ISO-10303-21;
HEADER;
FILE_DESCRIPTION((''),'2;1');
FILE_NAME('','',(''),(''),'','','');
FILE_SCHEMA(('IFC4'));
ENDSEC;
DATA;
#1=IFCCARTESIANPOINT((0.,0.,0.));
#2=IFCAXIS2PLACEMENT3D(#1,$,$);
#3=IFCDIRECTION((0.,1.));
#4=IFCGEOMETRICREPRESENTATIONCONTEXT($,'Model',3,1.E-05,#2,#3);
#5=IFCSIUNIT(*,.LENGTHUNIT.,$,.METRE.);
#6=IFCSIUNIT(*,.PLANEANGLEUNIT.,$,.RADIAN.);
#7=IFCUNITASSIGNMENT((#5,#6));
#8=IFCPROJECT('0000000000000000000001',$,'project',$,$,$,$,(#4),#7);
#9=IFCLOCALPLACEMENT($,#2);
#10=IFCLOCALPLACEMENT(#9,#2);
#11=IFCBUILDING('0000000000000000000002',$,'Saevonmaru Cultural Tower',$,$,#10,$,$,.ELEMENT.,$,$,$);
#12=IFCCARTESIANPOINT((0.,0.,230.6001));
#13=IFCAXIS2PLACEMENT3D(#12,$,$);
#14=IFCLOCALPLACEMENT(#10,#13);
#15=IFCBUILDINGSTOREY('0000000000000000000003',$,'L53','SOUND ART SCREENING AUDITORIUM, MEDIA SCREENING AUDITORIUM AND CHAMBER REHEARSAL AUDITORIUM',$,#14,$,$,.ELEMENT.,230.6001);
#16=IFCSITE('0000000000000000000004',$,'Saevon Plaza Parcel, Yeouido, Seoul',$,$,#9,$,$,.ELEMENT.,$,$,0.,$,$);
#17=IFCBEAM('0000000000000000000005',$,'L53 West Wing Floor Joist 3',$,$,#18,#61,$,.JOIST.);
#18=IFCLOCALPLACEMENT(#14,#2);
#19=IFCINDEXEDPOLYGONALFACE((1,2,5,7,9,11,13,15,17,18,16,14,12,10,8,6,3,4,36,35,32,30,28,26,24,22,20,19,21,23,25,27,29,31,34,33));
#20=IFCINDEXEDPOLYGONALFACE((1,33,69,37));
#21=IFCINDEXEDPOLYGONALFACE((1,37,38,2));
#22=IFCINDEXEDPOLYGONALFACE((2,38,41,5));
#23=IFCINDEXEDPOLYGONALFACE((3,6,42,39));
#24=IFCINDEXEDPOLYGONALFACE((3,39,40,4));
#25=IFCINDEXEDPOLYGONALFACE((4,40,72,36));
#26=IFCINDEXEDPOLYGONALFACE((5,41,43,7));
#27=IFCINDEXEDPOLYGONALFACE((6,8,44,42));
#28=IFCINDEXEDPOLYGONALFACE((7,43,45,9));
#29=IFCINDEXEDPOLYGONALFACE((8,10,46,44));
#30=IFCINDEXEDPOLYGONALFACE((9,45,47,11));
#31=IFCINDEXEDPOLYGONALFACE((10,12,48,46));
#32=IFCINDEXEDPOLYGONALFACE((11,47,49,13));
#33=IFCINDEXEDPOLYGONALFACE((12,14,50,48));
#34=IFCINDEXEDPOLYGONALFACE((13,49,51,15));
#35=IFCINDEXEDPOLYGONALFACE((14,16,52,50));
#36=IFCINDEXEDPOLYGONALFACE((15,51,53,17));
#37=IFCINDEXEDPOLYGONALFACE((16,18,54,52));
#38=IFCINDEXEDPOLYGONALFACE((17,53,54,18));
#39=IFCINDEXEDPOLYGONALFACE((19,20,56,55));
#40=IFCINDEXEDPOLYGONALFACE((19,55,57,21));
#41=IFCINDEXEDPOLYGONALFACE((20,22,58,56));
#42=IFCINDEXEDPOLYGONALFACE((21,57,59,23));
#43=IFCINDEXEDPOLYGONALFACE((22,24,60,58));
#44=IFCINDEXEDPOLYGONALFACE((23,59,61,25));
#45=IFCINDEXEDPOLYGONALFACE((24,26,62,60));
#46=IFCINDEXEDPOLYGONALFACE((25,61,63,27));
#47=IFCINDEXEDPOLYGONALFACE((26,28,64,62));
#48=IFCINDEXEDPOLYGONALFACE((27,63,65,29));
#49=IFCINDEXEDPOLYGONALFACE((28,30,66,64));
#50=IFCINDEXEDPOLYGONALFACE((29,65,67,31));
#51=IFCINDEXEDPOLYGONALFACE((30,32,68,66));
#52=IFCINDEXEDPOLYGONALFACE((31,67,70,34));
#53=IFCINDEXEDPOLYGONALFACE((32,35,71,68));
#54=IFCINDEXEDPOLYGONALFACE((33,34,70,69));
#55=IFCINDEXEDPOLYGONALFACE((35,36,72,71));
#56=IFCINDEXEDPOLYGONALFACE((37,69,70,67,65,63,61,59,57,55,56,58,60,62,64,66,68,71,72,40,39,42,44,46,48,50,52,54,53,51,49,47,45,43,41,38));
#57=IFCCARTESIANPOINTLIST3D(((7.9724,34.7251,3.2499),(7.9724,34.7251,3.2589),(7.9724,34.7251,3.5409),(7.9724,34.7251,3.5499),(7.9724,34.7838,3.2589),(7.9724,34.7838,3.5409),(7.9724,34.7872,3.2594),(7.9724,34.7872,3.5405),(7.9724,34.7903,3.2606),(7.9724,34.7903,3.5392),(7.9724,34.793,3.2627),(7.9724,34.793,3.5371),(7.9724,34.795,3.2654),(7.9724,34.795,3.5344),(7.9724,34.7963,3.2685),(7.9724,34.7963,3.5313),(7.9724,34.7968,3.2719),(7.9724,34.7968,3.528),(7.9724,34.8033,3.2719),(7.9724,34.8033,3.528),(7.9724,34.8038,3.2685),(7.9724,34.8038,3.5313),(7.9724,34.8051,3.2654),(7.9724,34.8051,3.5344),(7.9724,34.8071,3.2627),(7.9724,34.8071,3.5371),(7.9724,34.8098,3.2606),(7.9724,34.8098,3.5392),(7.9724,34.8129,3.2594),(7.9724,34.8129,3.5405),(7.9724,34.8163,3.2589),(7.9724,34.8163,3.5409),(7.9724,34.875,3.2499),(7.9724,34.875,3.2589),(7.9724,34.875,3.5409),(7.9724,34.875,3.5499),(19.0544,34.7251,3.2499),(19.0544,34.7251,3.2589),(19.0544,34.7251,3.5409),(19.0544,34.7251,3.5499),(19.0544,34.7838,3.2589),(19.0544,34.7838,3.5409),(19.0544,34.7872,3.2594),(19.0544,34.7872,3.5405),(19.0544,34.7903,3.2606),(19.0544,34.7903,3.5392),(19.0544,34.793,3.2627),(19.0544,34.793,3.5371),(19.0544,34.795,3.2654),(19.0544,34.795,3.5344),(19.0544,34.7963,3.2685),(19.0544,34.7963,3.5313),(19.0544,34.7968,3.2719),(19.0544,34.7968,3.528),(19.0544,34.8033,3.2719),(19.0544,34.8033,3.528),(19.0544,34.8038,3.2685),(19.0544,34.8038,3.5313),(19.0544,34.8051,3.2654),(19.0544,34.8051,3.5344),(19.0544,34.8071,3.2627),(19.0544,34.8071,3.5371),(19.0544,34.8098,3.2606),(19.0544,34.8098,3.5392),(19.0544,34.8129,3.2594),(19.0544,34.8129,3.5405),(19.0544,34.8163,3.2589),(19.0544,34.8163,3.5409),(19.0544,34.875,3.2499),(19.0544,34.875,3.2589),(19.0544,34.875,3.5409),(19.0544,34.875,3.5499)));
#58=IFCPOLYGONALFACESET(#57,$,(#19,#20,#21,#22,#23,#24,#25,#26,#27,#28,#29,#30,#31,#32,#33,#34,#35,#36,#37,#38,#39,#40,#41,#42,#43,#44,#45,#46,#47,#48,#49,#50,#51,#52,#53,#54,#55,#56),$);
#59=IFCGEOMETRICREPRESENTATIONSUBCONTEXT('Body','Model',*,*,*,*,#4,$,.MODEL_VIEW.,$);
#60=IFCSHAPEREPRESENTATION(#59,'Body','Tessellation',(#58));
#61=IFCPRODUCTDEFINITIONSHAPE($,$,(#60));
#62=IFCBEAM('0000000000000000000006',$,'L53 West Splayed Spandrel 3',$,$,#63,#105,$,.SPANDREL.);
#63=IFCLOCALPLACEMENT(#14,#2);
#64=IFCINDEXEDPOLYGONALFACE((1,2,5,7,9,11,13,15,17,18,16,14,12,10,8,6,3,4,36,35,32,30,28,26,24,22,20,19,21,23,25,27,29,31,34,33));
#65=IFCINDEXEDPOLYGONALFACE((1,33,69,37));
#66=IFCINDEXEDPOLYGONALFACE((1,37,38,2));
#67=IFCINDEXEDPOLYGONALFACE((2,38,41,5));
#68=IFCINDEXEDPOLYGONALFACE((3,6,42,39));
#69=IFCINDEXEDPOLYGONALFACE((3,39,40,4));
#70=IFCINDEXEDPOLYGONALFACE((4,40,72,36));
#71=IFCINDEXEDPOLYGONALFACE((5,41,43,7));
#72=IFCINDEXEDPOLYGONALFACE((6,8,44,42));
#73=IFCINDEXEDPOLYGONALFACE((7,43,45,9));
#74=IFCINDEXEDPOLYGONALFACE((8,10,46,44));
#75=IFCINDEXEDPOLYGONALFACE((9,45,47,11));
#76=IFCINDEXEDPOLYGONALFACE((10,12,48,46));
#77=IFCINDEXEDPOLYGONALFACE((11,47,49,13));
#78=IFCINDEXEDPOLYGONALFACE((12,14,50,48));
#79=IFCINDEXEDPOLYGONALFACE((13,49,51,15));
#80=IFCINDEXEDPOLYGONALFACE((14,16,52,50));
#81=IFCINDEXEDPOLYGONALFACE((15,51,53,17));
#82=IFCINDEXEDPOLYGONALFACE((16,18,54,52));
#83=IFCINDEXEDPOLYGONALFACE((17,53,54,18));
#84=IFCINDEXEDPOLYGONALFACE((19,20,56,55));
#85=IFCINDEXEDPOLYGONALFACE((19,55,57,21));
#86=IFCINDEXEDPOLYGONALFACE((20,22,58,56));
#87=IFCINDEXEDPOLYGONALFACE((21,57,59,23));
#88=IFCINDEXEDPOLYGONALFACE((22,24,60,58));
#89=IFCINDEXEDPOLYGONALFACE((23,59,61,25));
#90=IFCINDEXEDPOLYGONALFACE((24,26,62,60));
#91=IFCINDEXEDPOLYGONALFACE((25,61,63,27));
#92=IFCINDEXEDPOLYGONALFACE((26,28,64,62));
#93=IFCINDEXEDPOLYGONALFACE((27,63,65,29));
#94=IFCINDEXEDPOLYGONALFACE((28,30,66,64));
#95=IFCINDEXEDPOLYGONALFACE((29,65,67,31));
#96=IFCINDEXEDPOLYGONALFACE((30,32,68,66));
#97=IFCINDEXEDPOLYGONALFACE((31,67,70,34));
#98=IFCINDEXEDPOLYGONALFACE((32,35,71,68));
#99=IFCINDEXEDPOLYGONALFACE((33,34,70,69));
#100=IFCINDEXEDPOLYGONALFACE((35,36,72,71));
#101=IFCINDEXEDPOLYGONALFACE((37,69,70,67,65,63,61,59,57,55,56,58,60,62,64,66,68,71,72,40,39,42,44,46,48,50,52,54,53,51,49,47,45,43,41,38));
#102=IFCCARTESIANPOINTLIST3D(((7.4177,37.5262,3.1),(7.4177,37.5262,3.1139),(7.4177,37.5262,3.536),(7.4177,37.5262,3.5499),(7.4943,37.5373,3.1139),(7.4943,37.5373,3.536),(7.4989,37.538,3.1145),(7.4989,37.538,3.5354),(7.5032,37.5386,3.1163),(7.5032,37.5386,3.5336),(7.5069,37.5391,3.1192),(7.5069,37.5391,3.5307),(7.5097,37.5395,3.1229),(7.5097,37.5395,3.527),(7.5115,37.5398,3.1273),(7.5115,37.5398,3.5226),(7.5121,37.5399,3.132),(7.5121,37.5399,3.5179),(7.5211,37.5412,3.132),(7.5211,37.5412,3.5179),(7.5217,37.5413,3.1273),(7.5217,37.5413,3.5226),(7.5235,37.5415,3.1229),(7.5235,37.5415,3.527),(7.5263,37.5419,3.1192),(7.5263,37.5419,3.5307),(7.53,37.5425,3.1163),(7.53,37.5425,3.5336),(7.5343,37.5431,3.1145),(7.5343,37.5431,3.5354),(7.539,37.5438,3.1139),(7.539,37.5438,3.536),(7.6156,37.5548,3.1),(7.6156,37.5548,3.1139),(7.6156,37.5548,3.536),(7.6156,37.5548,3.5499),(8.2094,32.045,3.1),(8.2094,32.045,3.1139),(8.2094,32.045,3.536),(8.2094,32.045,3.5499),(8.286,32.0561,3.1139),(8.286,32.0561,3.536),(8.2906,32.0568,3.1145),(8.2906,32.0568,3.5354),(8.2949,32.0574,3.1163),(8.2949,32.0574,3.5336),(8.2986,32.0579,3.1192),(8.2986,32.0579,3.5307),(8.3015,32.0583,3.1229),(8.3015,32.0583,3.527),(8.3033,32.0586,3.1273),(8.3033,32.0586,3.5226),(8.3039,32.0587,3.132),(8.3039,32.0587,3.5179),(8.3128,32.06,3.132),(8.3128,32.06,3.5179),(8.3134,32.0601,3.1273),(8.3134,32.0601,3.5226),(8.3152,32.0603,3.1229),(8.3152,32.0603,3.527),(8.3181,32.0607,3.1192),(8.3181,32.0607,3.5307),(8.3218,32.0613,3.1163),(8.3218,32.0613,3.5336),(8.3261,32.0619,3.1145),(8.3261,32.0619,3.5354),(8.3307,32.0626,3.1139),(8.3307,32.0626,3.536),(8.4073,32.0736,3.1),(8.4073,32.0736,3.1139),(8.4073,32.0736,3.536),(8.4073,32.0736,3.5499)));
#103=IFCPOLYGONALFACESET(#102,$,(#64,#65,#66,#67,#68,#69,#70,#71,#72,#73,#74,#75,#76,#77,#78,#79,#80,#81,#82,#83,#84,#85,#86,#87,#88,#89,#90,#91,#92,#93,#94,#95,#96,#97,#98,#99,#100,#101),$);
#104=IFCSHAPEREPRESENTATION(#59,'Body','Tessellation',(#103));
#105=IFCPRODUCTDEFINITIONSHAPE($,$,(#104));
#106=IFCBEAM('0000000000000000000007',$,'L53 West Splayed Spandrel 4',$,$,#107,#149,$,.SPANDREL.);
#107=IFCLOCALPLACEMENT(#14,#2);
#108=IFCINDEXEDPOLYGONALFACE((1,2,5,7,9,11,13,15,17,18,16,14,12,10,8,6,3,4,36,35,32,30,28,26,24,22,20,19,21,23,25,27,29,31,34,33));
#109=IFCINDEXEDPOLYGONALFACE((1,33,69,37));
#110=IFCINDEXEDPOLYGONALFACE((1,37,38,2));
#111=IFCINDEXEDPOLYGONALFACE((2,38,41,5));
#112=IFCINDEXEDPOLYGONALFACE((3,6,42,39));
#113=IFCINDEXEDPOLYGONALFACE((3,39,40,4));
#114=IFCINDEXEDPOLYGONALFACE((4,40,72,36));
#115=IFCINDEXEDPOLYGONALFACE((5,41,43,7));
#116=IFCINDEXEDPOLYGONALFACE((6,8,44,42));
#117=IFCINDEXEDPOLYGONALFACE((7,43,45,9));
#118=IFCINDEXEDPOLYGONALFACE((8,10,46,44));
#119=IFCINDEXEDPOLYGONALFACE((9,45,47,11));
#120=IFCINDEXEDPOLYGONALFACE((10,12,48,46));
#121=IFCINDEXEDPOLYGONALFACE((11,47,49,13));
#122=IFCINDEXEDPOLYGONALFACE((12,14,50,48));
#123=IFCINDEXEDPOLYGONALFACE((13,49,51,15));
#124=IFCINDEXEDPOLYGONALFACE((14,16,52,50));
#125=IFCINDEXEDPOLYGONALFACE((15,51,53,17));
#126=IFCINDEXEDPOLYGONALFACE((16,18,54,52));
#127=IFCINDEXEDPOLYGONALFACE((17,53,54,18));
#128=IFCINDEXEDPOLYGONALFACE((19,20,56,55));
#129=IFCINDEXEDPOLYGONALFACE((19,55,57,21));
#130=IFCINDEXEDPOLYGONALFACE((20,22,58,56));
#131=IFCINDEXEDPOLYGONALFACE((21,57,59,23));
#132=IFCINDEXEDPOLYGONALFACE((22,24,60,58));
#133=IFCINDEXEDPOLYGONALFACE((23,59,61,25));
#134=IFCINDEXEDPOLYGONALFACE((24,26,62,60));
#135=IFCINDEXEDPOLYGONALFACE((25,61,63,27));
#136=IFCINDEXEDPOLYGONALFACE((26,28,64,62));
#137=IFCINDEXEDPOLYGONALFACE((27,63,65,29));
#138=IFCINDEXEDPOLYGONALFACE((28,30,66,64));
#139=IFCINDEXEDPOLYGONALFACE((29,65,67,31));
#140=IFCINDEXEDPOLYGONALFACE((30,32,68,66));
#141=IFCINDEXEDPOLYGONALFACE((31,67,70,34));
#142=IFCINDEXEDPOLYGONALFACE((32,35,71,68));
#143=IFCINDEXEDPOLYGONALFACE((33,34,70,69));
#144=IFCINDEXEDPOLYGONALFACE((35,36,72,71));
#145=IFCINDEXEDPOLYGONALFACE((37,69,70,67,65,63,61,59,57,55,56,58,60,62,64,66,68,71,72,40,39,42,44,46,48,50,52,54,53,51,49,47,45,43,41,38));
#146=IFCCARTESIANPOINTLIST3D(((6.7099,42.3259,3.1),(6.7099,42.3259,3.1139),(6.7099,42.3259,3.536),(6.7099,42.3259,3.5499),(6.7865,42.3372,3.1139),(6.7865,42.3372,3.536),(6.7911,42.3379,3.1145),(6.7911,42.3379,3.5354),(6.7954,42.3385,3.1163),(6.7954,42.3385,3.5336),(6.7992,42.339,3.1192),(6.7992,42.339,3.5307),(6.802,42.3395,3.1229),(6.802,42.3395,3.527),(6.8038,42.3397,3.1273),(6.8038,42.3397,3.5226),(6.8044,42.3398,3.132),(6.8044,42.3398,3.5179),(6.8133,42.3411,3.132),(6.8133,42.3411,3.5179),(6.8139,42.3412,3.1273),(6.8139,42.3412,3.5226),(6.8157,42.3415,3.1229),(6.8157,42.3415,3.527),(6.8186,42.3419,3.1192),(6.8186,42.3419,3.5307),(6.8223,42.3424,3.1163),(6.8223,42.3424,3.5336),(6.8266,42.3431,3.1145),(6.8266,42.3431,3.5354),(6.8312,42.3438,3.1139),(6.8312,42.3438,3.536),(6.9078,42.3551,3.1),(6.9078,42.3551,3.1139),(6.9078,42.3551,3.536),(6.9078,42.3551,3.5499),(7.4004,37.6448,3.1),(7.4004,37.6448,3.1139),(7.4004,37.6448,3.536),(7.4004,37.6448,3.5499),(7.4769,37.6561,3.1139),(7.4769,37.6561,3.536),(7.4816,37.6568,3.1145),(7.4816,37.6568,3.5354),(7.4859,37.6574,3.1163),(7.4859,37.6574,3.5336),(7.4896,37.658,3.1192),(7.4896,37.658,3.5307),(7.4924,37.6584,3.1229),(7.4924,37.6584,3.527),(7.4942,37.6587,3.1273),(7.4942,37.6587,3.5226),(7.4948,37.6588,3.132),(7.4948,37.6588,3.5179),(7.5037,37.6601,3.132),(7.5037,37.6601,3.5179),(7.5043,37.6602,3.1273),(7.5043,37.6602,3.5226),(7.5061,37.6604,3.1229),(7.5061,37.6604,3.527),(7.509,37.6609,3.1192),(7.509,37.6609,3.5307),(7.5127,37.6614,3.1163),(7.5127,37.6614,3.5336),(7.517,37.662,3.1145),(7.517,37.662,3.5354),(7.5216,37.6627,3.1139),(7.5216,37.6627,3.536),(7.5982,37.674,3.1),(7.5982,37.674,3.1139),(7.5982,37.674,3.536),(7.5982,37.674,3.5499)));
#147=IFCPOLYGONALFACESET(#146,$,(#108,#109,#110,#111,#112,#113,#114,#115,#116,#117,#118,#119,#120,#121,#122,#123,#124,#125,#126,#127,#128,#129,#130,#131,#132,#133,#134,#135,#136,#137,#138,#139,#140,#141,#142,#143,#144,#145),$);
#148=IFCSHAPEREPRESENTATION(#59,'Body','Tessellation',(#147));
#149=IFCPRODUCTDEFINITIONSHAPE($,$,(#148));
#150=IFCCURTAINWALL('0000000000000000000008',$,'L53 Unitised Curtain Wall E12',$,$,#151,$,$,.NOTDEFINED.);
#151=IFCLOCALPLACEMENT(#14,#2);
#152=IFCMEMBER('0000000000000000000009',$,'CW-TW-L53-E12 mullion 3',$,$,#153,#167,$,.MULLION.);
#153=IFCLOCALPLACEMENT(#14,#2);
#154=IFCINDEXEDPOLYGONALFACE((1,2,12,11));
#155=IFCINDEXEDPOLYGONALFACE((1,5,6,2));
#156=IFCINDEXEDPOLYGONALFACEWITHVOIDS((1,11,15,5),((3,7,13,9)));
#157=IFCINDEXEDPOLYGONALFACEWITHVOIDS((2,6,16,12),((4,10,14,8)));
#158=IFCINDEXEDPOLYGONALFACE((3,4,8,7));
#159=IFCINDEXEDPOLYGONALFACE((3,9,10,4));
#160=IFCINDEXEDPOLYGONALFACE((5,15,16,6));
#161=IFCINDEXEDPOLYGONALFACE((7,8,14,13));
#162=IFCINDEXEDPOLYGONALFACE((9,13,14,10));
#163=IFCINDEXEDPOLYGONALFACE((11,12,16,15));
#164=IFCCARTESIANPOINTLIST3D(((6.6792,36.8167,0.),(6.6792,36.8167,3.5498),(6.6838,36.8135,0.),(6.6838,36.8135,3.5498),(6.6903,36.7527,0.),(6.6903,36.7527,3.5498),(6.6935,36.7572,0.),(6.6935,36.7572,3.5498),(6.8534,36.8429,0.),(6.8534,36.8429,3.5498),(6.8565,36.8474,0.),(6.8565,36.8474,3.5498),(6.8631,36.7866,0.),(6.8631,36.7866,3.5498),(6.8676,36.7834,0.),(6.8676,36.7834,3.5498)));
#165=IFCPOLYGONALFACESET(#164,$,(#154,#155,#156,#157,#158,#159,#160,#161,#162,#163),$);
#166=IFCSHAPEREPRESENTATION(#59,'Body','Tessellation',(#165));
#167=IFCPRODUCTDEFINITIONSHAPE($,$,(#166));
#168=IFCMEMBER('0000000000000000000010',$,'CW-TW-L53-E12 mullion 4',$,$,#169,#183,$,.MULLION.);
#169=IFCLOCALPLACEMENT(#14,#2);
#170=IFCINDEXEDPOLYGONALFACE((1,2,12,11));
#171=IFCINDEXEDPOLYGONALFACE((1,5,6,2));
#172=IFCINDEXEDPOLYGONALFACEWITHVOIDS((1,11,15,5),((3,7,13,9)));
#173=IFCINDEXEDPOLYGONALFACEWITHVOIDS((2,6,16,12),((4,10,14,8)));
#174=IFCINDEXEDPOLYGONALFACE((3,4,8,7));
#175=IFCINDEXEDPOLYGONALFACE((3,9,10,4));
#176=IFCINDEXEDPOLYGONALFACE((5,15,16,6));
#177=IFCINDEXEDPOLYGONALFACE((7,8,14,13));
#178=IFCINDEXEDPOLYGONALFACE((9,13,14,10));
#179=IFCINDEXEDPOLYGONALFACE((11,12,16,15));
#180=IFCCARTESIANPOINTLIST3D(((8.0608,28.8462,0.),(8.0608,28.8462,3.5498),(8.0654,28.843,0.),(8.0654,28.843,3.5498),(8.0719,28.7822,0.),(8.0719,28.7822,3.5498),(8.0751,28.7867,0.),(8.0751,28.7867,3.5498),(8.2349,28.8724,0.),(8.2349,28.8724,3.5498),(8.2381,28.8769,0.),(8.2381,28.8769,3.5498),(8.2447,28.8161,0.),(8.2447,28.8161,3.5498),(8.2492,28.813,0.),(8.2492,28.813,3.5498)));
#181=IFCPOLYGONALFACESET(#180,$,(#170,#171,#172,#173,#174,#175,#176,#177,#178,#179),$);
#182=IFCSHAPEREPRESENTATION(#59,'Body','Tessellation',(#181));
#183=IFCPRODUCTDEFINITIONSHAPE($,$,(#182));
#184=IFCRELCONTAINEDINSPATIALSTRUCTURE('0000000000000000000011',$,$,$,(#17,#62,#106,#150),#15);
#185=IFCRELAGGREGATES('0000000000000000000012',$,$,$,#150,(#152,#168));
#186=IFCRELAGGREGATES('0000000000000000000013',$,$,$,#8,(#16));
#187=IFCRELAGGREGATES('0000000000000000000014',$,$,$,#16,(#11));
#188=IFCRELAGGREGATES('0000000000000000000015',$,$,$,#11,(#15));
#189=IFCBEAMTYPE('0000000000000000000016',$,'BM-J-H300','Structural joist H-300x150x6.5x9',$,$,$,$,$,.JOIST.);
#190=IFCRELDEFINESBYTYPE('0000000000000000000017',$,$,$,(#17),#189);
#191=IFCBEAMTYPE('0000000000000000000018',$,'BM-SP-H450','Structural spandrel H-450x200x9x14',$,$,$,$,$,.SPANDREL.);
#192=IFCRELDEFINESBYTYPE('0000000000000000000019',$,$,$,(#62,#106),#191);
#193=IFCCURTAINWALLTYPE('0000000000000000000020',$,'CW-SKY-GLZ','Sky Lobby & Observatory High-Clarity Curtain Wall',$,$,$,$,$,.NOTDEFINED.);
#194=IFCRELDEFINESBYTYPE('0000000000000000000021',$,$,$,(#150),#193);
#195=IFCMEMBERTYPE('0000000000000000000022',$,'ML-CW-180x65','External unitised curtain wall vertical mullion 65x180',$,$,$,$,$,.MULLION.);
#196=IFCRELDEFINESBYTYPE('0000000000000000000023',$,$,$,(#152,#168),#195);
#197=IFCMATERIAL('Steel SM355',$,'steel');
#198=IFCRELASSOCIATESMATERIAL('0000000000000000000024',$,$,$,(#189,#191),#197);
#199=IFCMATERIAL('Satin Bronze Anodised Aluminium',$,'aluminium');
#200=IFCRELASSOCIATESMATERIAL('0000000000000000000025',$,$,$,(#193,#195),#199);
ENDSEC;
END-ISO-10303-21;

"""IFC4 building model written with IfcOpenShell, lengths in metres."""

from ifc_helpers import new_model, si_unit, direction, frame, origin, origin_2d, place, context, subcontext, project, spatial, hollow_rectangle, i_section, extrude, material, material_profile, profile_set, type_object, element, aggregate, save


model = new_model("IFC4")

# Units and contexts
model_context = context("Model", 3, precision=1e-05, world=origin(), true_north=direction((0.0, 1.0)))
body_context = subcontext(model_context, "Body", "Model", "MODEL_VIEW")
ifc_project = project(units=[si_unit("LENGTHUNIT", "METRE"), si_unit("PLANEANGLEUNIT", "RADIAN")], contexts=[model_context])

# Site, building, storey
site_placement = place(None, origin())
site = spatial("IfcSite", under=ifc_project, at=site_placement, Name="Saevon Plaza Parcel, Yeouido, Seoul", CompositionType="ELEMENT", RefElevation=0.0)
building_placement = place(site_placement, origin())
building = spatial("IfcBuilding", under=site, at=building_placement, Name="Saevonmaru Cultural Tower", CompositionType="ELEMENT")
storey_placement = place(building_placement, frame((0.0, 0.0, 230.6001)))
storey = spatial("IfcBuildingStorey", under=building, at=storey_placement, Name="L53", Description="SOUND ART SCREENING AUDITORIUM, MEDIA SCREENING AUDITORIUM AND CHAMBER REHEARSAL AUDITORIUM", CompositionType="ELEMENT", Elevation=230.6001)

# Beams
ifc_material_1 = material(Name="Steel SM355", Category="steel")
ifc_material_profile_1 = material_profile(ifc_material_1, i_section(OverallWidth=0.1499, OverallDepth=0.3, WebThickness=0.0066, FlangeThickness=0.009, FilletRadius=0.0129, at=origin_2d()), Name="H-300x150x6.5x9")
ifc_profile_set_1 = profile_set([ifc_material_profile_1], Name="Steel SM355")
beam_type_1 = type_object("IfcBeamType", Name="BM-J-H300", Description="Structural joist H-300x150x6.5x9", PredefinedType="JOIST", material=ifc_profile_set_1)
for number, where, z_axis, x_axis, name in (
    (1, (7.9724, 34.8, 3.3999), (1.0, 0.0, 0.0), (0.0, 1.0, 0.0), "L53 West Wing Floor Joist 3"),
):
    element("IfcBeam", number, at=place(storey_placement, frame(where, z_axis=z_axis, x_axis=x_axis)), inside=storey, type_object=beam_type_1, Name=name, PredefinedType="JOIST", context=body_context, shape_type="SweptSolid", body=[
        extrude(i_section(OverallWidth=0.1499, OverallDepth=0.3, WebThickness=0.0066, FlangeThickness=0.009, FilletRadius=0.0129, at=origin_2d()), origin(), (0.0, 0.0, 1.0), 11.082),
    ])
ifc_material_profile_2 = material_profile(ifc_material_1, i_section(OverallWidth=0.2, OverallDepth=0.45, WebThickness=0.009, FlangeThickness=0.0139, FilletRadius=0.0181, at=origin_2d()), Name="H-450x200x9x14")
ifc_profile_set_2 = profile_set([ifc_material_profile_2], Name="Steel SM355")
beam_type_2 = type_object("IfcBeamType", Name="BM-SP-H450", Description="Structural spandrel H-450x200x9x14", PredefinedType="SPANDREL", material=ifc_profile_set_2)
beam_1_placement = place(storey_placement, frame((8.3083, 32.0593, 3.325), z_axis=(-0.142964, 0.989728, 0.0), x_axis=(-0.989728, -0.142964, 0.0)))
element("IfcBeam", 2, at=beam_1_placement, inside=storey, type_object=beam_type_2, Name="L53 West Splayed Spandrel 3", PredefinedType="SPANDREL", context=body_context, shape_type="SweptSolid", body=[
    extrude(i_section(OverallWidth=0.2, OverallDepth=0.45, WebThickness=0.009, FlangeThickness=0.0139, FilletRadius=0.0181, at=origin_2d()), origin(), (0.0, 0.0, 1.0), 5.5381),
])
beam_2_placement = place(storey_placement, frame((7.4993, 37.6594, 3.325), z_axis=(-0.145913, 0.989297, 0.0), x_axis=(-0.989297, -0.145913, 0.0)))
element("IfcBeam", 3, at=beam_2_placement, inside=storey, type_object=beam_type_2, Name="L53 West Splayed Spandrel 4", PredefinedType="SPANDREL", context=body_context, shape_type="SweptSolid", body=[
    extrude(i_section(OverallWidth=0.2, OverallDepth=0.45, WebThickness=0.009, FlangeThickness=0.0139, FilletRadius=0.0181, at=origin_2d()), origin(), (0.0, 0.0, 1.0), 4.7317),
])

# Curtain wall, members
ifc_material_2 = material(Name="Satin Bronze Anodised Aluminium", Category="aluminium")
curtain_wall_type = type_object("IfcCurtainWallType", Name="CW-SKY-GLZ", Description="Sky Lobby & Observatory High-Clarity Curtain Wall", PredefinedType="NOTDEFINED", material=ifc_material_2)
curtain_wall_placement = place(storey_placement, origin())
curtain_wall = element("IfcCurtainWall", 4, at=curtain_wall_placement, inside=storey, type_object=curtain_wall_type, Name="L53 Unitised Curtain Wall E12", PredefinedType="NOTDEFINED")
ifc_material_profile_3 = material_profile(ifc_material_2, hollow_rectangle(XDim=0.0649, YDim=0.1799, WallThickness=0.0039, at=origin_2d()), Name="ALU-MULL-180x65x4")
ifc_profile_set_3 = profile_set([ifc_material_profile_3], Name="Satin Bronze Anodised Aluminium")
member_type_1 = type_object("IfcMemberType", Name="ML-CW-180x65", Description="External unitised curtain wall vertical mullion 65x180", PredefinedType="MULLION", material=ifc_profile_set_3)
member_1_placement = place(storey_placement, frame((6.7734, 36.8, 0.0), z_axis=(0.0, 0.0, 1.0), x_axis=(0.17079, -0.985307, 0.0)))
member_1 = element("IfcMember", 5, at=member_1_placement, type_object=member_type_1, Name="CW-TW-L53-E12 mullion 3", PredefinedType="MULLION", context=body_context, shape_type="SweptSolid", body=[
    extrude(hollow_rectangle(XDim=0.0649, YDim=0.1799, WallThickness=0.0039, at=origin_2d()), origin(), (0.0, 0.0, 1.0), 3.5498),
])
member_2_placement = place(storey_placement, frame((8.155, 28.8296, 0.0), z_axis=(0.0, 0.0, 1.0), x_axis=(0.17079, -0.985307, 0.0)))
member_2 = element("IfcMember", 6, at=member_2_placement, type_object=member_type_1, Name="CW-TW-L53-E12 mullion 4", PredefinedType="MULLION", context=body_context, shape_type="SweptSolid", body=[
    extrude(hollow_rectangle(XDim=0.0649, YDim=0.1799, WallThickness=0.0039, at=origin_2d()), origin(), (0.0, 0.0, 1.0), 3.5498),
])
aggregate(curtain_wall, [member_1, member_2])

save(model, "model.ifc")
